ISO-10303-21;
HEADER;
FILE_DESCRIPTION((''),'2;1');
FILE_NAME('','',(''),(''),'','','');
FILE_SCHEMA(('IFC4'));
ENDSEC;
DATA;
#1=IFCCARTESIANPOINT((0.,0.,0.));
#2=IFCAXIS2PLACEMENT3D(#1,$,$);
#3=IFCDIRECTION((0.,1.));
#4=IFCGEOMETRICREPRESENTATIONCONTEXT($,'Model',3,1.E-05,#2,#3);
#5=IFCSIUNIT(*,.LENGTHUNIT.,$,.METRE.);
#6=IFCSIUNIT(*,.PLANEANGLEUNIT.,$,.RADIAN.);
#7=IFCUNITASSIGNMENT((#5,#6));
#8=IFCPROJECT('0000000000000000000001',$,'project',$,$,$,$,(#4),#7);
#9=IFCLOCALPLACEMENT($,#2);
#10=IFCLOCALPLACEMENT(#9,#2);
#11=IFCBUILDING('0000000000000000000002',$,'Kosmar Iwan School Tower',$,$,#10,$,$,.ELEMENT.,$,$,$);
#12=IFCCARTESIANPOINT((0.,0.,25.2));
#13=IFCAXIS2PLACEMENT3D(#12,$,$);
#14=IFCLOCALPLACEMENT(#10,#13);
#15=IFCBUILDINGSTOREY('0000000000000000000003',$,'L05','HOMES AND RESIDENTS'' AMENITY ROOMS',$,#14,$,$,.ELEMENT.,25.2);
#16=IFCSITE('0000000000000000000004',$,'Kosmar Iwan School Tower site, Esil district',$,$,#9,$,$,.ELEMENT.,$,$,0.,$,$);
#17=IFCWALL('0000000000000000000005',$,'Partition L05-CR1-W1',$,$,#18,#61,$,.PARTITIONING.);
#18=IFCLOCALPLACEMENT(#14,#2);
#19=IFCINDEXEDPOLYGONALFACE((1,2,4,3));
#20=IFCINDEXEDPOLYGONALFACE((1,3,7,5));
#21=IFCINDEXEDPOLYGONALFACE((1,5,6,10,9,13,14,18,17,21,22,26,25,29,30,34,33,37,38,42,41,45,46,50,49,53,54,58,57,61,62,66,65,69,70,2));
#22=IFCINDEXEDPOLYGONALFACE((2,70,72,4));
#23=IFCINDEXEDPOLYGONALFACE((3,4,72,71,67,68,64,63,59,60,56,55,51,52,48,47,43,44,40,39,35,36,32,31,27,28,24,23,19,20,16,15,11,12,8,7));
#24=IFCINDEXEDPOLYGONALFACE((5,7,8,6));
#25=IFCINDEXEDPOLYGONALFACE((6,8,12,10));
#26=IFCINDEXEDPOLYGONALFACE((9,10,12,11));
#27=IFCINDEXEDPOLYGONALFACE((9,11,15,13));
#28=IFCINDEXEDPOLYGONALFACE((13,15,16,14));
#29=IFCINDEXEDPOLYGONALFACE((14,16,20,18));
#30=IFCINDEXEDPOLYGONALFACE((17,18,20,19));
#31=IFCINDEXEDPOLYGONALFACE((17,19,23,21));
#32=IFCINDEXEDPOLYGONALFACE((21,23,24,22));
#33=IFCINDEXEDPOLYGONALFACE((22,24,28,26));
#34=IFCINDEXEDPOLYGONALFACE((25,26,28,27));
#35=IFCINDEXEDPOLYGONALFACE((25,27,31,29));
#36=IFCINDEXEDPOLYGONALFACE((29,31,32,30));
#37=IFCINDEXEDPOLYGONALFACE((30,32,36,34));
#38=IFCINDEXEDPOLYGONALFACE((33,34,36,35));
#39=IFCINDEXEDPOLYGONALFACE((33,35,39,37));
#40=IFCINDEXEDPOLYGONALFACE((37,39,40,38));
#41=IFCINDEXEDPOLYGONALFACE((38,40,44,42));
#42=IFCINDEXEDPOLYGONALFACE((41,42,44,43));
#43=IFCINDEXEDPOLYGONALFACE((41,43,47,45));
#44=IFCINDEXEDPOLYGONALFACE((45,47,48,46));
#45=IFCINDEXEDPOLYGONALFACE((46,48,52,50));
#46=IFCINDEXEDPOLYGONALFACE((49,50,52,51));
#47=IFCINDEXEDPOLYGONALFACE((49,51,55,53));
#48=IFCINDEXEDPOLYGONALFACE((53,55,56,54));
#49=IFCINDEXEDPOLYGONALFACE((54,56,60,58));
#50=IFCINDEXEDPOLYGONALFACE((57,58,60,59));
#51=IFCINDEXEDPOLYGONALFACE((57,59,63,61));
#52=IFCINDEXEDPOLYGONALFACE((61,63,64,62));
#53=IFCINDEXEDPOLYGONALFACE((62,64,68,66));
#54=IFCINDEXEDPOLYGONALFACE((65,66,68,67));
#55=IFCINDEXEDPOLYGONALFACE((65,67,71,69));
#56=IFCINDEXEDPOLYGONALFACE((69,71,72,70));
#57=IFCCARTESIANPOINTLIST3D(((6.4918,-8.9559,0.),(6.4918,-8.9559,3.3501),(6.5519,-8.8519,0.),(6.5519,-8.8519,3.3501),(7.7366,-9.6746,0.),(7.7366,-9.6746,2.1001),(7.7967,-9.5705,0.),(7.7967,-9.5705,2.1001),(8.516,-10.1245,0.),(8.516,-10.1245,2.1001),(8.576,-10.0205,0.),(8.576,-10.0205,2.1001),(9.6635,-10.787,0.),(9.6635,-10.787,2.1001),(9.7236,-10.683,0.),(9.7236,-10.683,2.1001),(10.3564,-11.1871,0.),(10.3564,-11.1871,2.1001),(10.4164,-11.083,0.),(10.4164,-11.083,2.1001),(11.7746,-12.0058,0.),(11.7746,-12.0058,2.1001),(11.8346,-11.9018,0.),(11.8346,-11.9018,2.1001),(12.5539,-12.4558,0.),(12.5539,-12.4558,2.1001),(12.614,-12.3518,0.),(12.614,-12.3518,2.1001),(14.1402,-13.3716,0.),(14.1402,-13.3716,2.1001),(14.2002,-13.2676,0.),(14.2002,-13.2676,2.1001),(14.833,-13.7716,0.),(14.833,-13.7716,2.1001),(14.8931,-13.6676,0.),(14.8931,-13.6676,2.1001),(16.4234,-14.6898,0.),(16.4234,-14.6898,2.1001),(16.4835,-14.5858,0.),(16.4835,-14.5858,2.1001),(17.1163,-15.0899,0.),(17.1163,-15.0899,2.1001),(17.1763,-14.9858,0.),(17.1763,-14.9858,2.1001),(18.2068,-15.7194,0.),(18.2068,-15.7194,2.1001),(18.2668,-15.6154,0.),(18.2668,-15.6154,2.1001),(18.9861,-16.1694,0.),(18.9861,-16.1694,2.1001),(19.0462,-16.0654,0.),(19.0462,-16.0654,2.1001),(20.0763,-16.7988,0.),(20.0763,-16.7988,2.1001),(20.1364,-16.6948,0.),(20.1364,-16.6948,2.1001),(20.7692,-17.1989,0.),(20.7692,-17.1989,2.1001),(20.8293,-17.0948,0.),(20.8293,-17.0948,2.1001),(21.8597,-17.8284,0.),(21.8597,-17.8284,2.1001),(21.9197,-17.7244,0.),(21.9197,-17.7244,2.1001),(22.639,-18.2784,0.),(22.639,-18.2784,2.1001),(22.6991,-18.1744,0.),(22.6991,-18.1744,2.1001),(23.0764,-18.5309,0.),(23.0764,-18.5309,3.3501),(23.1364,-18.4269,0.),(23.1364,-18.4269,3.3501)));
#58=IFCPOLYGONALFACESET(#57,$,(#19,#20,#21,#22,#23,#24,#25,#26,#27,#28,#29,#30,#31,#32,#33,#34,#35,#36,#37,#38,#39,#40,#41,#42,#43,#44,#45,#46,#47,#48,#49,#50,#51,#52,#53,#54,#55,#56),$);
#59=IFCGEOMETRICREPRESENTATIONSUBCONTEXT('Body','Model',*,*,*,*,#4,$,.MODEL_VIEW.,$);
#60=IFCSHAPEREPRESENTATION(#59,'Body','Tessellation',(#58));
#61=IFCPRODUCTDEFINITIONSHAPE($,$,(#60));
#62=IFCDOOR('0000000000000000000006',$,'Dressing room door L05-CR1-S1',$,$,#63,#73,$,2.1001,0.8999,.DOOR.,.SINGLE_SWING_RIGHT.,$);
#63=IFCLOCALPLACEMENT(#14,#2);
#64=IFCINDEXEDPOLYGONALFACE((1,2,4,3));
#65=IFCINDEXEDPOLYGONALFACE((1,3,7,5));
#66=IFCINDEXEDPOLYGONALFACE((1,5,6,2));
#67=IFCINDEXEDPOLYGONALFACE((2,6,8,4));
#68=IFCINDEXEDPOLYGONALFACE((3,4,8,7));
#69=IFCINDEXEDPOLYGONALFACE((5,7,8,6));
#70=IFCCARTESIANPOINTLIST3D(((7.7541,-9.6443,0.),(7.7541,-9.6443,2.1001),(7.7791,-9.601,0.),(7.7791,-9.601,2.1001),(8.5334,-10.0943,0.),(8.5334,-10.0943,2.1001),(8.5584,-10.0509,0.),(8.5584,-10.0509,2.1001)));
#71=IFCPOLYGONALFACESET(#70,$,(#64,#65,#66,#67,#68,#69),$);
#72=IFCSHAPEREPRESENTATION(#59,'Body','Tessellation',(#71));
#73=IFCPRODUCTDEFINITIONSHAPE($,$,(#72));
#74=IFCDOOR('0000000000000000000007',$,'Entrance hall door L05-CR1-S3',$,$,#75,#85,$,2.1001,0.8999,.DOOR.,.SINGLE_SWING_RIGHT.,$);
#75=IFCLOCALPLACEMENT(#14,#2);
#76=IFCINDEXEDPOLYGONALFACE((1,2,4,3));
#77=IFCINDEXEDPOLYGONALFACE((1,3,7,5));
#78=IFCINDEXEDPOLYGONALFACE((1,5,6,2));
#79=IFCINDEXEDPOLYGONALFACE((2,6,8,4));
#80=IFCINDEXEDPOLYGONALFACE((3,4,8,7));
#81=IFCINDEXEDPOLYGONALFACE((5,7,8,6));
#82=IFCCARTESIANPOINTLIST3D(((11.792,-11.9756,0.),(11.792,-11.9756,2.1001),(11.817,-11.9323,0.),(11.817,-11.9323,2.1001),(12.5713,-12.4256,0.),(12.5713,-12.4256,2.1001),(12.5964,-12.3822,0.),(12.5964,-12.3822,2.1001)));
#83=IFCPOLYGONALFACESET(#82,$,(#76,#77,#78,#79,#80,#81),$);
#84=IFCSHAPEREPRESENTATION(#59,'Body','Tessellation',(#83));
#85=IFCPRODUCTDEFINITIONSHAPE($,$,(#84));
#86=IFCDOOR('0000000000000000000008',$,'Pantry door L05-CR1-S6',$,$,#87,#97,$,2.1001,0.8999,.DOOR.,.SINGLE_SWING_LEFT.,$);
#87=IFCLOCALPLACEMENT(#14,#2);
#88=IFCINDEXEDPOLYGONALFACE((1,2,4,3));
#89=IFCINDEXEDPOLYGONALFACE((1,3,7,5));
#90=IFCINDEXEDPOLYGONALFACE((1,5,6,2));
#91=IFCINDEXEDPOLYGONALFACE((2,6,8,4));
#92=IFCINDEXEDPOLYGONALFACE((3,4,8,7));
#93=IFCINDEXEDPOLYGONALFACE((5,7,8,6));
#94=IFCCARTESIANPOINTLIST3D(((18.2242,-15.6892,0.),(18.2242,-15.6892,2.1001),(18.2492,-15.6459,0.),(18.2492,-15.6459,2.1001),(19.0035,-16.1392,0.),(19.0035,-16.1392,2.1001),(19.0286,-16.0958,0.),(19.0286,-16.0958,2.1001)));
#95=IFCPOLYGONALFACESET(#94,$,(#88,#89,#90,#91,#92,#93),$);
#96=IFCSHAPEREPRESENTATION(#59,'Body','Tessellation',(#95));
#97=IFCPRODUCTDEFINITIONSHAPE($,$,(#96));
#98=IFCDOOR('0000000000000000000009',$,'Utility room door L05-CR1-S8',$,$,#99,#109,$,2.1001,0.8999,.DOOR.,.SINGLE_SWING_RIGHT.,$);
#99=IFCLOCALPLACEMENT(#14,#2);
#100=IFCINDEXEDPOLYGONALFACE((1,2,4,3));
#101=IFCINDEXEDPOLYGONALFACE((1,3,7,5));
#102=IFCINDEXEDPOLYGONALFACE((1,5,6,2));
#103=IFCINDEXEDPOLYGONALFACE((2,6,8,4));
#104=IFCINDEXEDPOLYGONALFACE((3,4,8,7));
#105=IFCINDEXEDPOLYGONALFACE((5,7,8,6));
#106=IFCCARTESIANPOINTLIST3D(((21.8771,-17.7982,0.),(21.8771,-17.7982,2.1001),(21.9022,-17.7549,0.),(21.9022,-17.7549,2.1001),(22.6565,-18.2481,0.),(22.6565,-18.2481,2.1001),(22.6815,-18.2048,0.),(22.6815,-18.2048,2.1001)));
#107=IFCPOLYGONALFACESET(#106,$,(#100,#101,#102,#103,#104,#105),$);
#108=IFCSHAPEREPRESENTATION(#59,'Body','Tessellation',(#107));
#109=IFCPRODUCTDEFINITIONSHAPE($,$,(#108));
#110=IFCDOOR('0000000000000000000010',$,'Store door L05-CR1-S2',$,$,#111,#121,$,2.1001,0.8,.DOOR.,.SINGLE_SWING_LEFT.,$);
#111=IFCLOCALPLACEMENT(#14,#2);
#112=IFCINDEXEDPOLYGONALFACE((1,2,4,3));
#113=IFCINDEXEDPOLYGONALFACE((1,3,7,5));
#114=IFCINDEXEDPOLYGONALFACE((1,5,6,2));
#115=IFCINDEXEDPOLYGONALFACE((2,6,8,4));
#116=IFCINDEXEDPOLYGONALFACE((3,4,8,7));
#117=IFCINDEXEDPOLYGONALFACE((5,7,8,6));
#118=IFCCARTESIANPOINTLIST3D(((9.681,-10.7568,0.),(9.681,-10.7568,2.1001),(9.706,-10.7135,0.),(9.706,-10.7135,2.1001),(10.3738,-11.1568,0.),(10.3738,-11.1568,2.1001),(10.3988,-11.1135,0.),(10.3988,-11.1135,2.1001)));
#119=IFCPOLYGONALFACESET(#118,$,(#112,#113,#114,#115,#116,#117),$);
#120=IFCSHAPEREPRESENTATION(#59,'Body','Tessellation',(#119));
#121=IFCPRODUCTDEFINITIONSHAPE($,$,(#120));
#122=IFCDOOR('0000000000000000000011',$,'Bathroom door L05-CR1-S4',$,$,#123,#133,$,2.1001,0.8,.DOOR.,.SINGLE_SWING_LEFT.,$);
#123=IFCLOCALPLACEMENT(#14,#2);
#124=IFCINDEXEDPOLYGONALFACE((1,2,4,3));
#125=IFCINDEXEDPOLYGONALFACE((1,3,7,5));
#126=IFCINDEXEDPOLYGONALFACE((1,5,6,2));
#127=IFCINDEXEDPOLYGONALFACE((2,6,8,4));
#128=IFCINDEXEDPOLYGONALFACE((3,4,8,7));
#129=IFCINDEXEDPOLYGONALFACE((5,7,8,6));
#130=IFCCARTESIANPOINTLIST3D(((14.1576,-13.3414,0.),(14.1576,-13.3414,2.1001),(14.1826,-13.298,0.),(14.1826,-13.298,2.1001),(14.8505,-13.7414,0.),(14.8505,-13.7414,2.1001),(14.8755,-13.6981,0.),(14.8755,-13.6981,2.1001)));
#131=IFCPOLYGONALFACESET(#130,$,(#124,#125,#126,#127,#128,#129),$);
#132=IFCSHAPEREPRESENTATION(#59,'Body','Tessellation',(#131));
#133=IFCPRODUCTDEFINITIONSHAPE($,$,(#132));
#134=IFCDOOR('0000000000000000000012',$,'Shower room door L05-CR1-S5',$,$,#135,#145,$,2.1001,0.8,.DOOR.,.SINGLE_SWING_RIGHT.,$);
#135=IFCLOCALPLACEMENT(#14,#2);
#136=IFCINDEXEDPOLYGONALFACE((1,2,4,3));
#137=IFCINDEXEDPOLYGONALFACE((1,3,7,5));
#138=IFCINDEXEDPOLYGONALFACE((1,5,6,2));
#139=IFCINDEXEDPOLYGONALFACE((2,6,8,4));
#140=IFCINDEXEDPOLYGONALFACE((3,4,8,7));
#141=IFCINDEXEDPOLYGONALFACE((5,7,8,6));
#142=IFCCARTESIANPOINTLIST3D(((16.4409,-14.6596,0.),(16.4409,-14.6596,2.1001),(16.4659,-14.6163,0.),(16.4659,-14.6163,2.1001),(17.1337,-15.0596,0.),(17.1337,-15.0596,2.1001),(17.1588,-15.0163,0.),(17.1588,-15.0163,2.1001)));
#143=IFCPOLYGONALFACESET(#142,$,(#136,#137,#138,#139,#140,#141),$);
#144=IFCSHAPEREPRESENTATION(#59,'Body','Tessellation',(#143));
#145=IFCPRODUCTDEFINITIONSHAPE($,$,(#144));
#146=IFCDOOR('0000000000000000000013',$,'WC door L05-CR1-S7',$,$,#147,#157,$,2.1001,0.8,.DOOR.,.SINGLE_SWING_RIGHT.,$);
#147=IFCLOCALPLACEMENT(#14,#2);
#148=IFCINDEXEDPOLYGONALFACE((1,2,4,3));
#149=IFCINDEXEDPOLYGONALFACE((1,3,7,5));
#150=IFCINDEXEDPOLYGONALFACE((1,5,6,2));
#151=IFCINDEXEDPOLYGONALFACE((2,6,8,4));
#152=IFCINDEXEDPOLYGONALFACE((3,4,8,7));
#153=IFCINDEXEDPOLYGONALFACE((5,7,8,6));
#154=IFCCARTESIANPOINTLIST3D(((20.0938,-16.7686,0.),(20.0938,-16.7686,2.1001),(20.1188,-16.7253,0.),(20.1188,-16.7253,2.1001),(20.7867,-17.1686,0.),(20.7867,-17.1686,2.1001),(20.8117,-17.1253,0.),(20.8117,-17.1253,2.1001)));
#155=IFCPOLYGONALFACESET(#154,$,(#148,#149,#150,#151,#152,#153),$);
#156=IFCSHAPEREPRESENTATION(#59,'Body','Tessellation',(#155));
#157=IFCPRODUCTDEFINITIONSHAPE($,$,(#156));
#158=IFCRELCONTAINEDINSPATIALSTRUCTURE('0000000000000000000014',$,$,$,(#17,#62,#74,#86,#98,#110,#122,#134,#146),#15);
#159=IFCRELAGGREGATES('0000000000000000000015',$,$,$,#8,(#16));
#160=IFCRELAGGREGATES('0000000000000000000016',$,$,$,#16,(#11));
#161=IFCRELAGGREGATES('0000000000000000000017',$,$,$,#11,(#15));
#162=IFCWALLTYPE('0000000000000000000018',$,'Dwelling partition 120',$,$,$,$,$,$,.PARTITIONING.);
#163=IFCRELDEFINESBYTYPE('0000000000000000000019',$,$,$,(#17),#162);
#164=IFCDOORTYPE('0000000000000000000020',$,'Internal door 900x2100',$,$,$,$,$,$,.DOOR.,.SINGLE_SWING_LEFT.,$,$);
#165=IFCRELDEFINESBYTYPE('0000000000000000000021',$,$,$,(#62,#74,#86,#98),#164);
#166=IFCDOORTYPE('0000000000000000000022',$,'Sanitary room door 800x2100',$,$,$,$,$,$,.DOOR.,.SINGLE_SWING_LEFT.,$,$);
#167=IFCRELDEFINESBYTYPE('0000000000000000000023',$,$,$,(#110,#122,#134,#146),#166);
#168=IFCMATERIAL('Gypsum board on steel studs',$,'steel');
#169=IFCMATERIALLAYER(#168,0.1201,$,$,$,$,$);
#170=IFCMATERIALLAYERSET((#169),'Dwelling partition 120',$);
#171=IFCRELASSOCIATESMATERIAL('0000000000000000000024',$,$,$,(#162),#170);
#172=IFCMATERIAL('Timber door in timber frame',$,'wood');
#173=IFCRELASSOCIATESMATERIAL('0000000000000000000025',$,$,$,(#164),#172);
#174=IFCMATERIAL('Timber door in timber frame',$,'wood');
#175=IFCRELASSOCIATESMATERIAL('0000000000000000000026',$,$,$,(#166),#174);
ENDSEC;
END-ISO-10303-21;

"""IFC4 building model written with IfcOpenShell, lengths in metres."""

from ifc_helpers import new_model, si_unit, direction, frame, frame_2d, origin, place, context, subcontext, project, spatial, rectangle, extrude, material, layer, layer_set, type_object, element, fill, save


model = new_model("IFC4")

# Units and contexts
model_context = context("Model", 3, precision=1e-05, world=origin(), true_north=direction((0.0, 1.0)))
body_context = subcontext(model_context, "Body", "Model", "MODEL_VIEW")
ifc_project = project(units=[si_unit("LENGTHUNIT", "METRE"), si_unit("PLANEANGLEUNIT", "RADIAN")], contexts=[model_context])

# Site, building, storey
site_placement = place(None, origin())
site = spatial("IfcSite", under=ifc_project, at=site_placement, Name="Kosmar Iwan School Tower site, Esil district", CompositionType="ELEMENT", RefElevation=0.0)
building_placement = place(site_placement, origin())
building = spatial("IfcBuilding", under=site, at=building_placement, Name="Kosmar Iwan School Tower", CompositionType="ELEMENT")
storey_placement = place(building_placement, frame((0.0, 0.0, 25.2)))
storey = spatial("IfcBuildingStorey", under=building, at=storey_placement, Name="L05", Description="HOMES AND RESIDENTS' AMENITY ROOMS", CompositionType="ELEMENT", Elevation=25.2)

# Wall, openings, doors
ifc_material_1 = material(Name="Gypsum board on steel studs", Category="steel")
ifc_layer_1 = layer(ifc_material_1, 0.1201)
ifc_layer_set_1 = layer_set([ifc_layer_1], Name="Dwelling partition 120")
wall_type_1 = type_object("IfcWallType", Name="Dwelling partition 120", PredefinedType="PARTITIONING", material=ifc_layer_set_1)
wall_1_placement = place(storey_placement, frame((6.5217, -8.9038, 0.0), z_axis=(0.0, 0.0, 1.0), x_axis=(0.866028, -0.499996, 0.0)))
wall_1 = element("IfcWall", 1, at=wall_1_placement, inside=storey, type_object=wall_type_1, Name="Partition L05-CR1-W1", PredefinedType="PARTITIONING", context=body_context, shape_type="SweptSolid", body=[
    extrude(rectangle(XDim=19.1501, YDim=0.1201, at=frame_2d((9.5752, 0.0))), origin(), (0.0, 0.0, 1.0), 3.3501),
])
opening_1_placement = place(wall_1_placement, frame((1.4375, 0.0, 0.0)))
opening_1 = element("IfcOpeningElement", 2, at=opening_1_placement, cuts=wall_1, PredefinedType="OPENING", context=body_context, shape_type="SweptSolid", body=[
    extrude(rectangle(XDim=0.8999, YDim=2.1001, at=frame_2d((0.45, 1.05))), frame((0.0, 0.072, 0.0), z_axis=(0.0, -1.0, 0.0), x_axis=(1.0, 0.0, 0.0)), (0.0, 0.0, 1.0), 0.144),
])
opening_2_placement = place(wall_1_placement, frame((3.6626, 0.0, 0.0)))
opening_2 = element("IfcOpeningElement", 3, at=opening_2_placement, cuts=wall_1, PredefinedType="OPENING", context=body_context, shape_type="SweptSolid", body=[
    extrude(rectangle(XDim=0.8, YDim=2.1001, at=frame_2d((0.3999, 1.05))), frame((0.0, 0.072, 0.0), z_axis=(0.0, -1.0, 0.0), x_axis=(1.0, 0.0, 0.0)), (0.0, 0.0, 1.0), 0.144),
])
opening_3_placement = place(wall_1_placement, frame((6.1001, 0.0, 0.0)))
opening_3 = element("IfcOpeningElement", 4, at=opening_3_placement, cuts=wall_1, PredefinedType="OPENING", context=body_context, shape_type="SweptSolid", body=[
    extrude(rectangle(XDim=0.8999, YDim=2.1001, at=frame_2d((0.45, 1.05))), frame((0.0, 0.072, 0.0), z_axis=(0.0, -1.0, 0.0), x_axis=(1.0, 0.0, 0.0)), (0.0, 0.0, 1.0), 0.144),
])
opening_4_placement = place(wall_1_placement, frame((8.8318, 0.0, 0.0)))
opening_4 = element("IfcOpeningElement", 5, at=opening_4_placement, cuts=wall_1, PredefinedType="OPENING", context=body_context, shape_type="SweptSolid", body=[
    extrude(rectangle(XDim=0.8, YDim=2.1001, at=frame_2d((0.3999, 1.05))), frame((0.0, 0.072, 0.0), z_axis=(0.0, -1.0, 0.0), x_axis=(1.0, 0.0, 0.0)), (0.0, 0.0, 1.0), 0.144),
])
opening_5_placement = place(wall_1_placement, frame((11.4683, 0.0, 0.0)))
opening_5 = element("IfcOpeningElement", 6, at=opening_5_placement, cuts=wall_1, PredefinedType="OPENING", context=body_context, shape_type="SweptSolid", body=[
    extrude(rectangle(XDim=0.8, YDim=2.1001, at=frame_2d((0.3999, 1.05))), frame((0.0, 0.072, 0.0), z_axis=(0.0, -1.0, 0.0), x_axis=(1.0, 0.0, 0.0)), (0.0, 0.0, 1.0), 0.144),
])
opening_6_placement = place(wall_1_placement, frame((13.5273, 0.0, 0.0)))
opening_6 = element("IfcOpeningElement", 7, at=opening_6_placement, cuts=wall_1, PredefinedType="OPENING", context=body_context, shape_type="SweptSolid", body=[
    extrude(rectangle(XDim=0.8999, YDim=2.1001, at=frame_2d((0.45, 1.05))), frame((0.0, 0.072, 0.0), z_axis=(0.0, -1.0, 0.0), x_axis=(1.0, 0.0, 0.0)), (0.0, 0.0, 1.0), 0.144),
])
opening_7_placement = place(wall_1_placement, frame((15.6863, 0.0, 0.0)))
opening_7 = element("IfcOpeningElement", 8, at=opening_7_placement, cuts=wall_1, PredefinedType="OPENING", context=body_context, shape_type="SweptSolid", body=[
    extrude(rectangle(XDim=0.8, YDim=2.1001, at=frame_2d((0.3999, 1.05))), frame((0.0, 0.072, 0.0), z_axis=(0.0, -1.0, 0.0), x_axis=(1.0, 0.0, 0.0)), (0.0, 0.0, 1.0), 0.144),
])
opening_8_placement = place(wall_1_placement, frame((17.7454, 0.0, 0.0)))
opening_8 = element("IfcOpeningElement", 9, at=opening_8_placement, cuts=wall_1, PredefinedType="OPENING", context=body_context, shape_type="SweptSolid", body=[
    extrude(rectangle(XDim=0.8999, YDim=2.1001, at=frame_2d((0.45, 1.05))), frame((0.0, 0.072, 0.0), z_axis=(0.0, -1.0, 0.0), x_axis=(1.0, 0.0, 0.0)), (0.0, 0.0, 1.0), 0.144),
])
ifc_material_2 = material(Name="Timber door in timber frame", Category="wood")
door_type_1 = type_object("IfcDoorType", Name="Internal door 900x2100", OperationType="SINGLE_SWING_LEFT", PredefinedType="DOOR", material=ifc_material_2)
door_1_placement = place(opening_1_placement, origin())
door_1 = element("IfcDoor", 10, at=door_1_placement, inside=storey, type_object=door_type_1, Name="Dressing room door L05-CR1-S1", OperationType="SINGLE_SWING_RIGHT", OverallHeight=2.1001, OverallWidth=0.8999, PredefinedType="DOOR", context=body_context, shape_type="SweptSolid", body=[
    extrude(rectangle(XDim=0.8999, YDim=2.1001, at=frame_2d((0.45, 1.05))), frame((0.0, 0.0249, 0.0), z_axis=(0.0, -1.0, 0.0), x_axis=(1.0, 0.0, 0.0)), (0.0, 0.0, 1.0), 0.05),
])
fill(opening_1, door_1)
door_2_placement = place(opening_3_placement, origin())
door_2 = element("IfcDoor", 11, at=door_2_placement, inside=storey, type_object=door_type_1, Name="Entrance hall door L05-CR1-S3", OperationType="SINGLE_SWING_RIGHT", OverallHeight=2.1001, OverallWidth=0.8999, PredefinedType="DOOR", context=body_context, shape_type="SweptSolid", body=[
    extrude(rectangle(XDim=0.8999, YDim=2.1001, at=frame_2d((0.45, 1.05))), frame((0.0, 0.0249, 0.0), z_axis=(0.0, -1.0, 0.0), x_axis=(1.0, 0.0, 0.0)), (0.0, 0.0, 1.0), 0.05),
])
fill(opening_3, door_2)
door_3_placement = place(opening_6_placement, origin())
door_3 = element("IfcDoor", 12, at=door_3_placement, inside=storey, type_object=door_type_1, Name="Pantry door L05-CR1-S6", OperationType="SINGLE_SWING_LEFT", OverallHeight=2.1001, OverallWidth=0.8999, PredefinedType="DOOR", context=body_context, shape_type="SweptSolid", body=[
    extrude(rectangle(XDim=0.8999, YDim=2.1001, at=frame_2d((0.45, 1.05))), frame((0.0, 0.0249, 0.0), z_axis=(0.0, -1.0, 0.0), x_axis=(1.0, 0.0, 0.0)), (0.0, 0.0, 1.0), 0.05),
])
fill(opening_6, door_3)
door_4_placement = place(opening_8_placement, origin())
door_4 = element("IfcDoor", 13, at=door_4_placement, inside=storey, type_object=door_type_1, Name="Utility room door L05-CR1-S8", OperationType="SINGLE_SWING_RIGHT", OverallHeight=2.1001, OverallWidth=0.8999, PredefinedType="DOOR", context=body_context, shape_type="SweptSolid", body=[
    extrude(rectangle(XDim=0.8999, YDim=2.1001, at=frame_2d((0.45, 1.05))), frame((0.0, 0.0249, 0.0), z_axis=(0.0, -1.0, 0.0), x_axis=(1.0, 0.0, 0.0)), (0.0, 0.0, 1.0), 0.05),
])
fill(opening_8, door_4)
ifc_material_3 = material(Name="Timber door in timber frame", Category="wood")
door_type_2 = type_object("IfcDoorType", Name="Sanitary room door 800x2100", OperationType="SINGLE_SWING_LEFT", PredefinedType="DOOR", material=ifc_material_3)
door_5_placement = place(opening_2_placement, origin())
door_5 = element("IfcDoor", 14, at=door_5_placement, inside=storey, type_object=door_type_2, Name="Store door L05-CR1-S2", OperationType="SINGLE_SWING_LEFT", OverallHeight=2.1001, OverallWidth=0.8, PredefinedType="DOOR", context=body_context, shape_type="SweptSolid", body=[
    extrude(rectangle(XDim=0.8, YDim=2.1001, at=frame_2d((0.3999, 1.05))), frame((0.0, 0.0249, 0.0), z_axis=(0.0, -1.0, 0.0), x_axis=(1.0, 0.0, 0.0)), (0.0, 0.0, 1.0), 0.05),
])
fill(opening_2, door_5)
door_6_placement = place(opening_4_placement, origin())
door_6 = element("IfcDoor", 15, at=door_6_placement, inside=storey, type_object=door_type_2, Name="Bathroom door L05-CR1-S4", OperationType="SINGLE_SWING_LEFT", OverallHeight=2.1001, OverallWidth=0.8, PredefinedType="DOOR", context=body_context, shape_type="SweptSolid", body=[
    extrude(rectangle(XDim=0.8, YDim=2.1001, at=frame_2d((0.3999, 1.05))), frame((0.0, 0.0249, 0.0), z_axis=(0.0, -1.0, 0.0), x_axis=(1.0, 0.0, 0.0)), (0.0, 0.0, 1.0), 0.05),
])
fill(opening_4, door_6)
door_7_placement = place(opening_5_placement, origin())
door_7 = element("IfcDoor", 16, at=door_7_placement, inside=storey, type_object=door_type_2, Name="Shower room door L05-CR1-S5", OperationType="SINGLE_SWING_RIGHT", OverallHeight=2.1001, OverallWidth=0.8, PredefinedType="DOOR", context=body_context, shape_type="SweptSolid", body=[
    extrude(rectangle(XDim=0.8, YDim=2.1001, at=frame_2d((0.3999, 1.05))), frame((0.0, 0.0249, 0.0), z_axis=(0.0, -1.0, 0.0), x_axis=(1.0, 0.0, 0.0)), (0.0, 0.0, 1.0), 0.05),
])
fill(opening_5, door_7)
door_8_placement = place(opening_7_placement, origin())
door_8 = element("IfcDoor", 17, at=door_8_placement, inside=storey, type_object=door_type_2, Name="WC door L05-CR1-S7", OperationType="SINGLE_SWING_RIGHT", OverallHeight=2.1001, OverallWidth=0.8, PredefinedType="DOOR", context=body_context, shape_type="SweptSolid", body=[
    extrude(rectangle(XDim=0.8, YDim=2.1001, at=frame_2d((0.3999, 1.05))), frame((0.0, 0.0249, 0.0), z_axis=(0.0, -1.0, 0.0), x_axis=(1.0, 0.0, 0.0)), (0.0, 0.0, 1.0), 0.05),
])
fill(opening_7, door_8)

save(model, "model.ifc")
